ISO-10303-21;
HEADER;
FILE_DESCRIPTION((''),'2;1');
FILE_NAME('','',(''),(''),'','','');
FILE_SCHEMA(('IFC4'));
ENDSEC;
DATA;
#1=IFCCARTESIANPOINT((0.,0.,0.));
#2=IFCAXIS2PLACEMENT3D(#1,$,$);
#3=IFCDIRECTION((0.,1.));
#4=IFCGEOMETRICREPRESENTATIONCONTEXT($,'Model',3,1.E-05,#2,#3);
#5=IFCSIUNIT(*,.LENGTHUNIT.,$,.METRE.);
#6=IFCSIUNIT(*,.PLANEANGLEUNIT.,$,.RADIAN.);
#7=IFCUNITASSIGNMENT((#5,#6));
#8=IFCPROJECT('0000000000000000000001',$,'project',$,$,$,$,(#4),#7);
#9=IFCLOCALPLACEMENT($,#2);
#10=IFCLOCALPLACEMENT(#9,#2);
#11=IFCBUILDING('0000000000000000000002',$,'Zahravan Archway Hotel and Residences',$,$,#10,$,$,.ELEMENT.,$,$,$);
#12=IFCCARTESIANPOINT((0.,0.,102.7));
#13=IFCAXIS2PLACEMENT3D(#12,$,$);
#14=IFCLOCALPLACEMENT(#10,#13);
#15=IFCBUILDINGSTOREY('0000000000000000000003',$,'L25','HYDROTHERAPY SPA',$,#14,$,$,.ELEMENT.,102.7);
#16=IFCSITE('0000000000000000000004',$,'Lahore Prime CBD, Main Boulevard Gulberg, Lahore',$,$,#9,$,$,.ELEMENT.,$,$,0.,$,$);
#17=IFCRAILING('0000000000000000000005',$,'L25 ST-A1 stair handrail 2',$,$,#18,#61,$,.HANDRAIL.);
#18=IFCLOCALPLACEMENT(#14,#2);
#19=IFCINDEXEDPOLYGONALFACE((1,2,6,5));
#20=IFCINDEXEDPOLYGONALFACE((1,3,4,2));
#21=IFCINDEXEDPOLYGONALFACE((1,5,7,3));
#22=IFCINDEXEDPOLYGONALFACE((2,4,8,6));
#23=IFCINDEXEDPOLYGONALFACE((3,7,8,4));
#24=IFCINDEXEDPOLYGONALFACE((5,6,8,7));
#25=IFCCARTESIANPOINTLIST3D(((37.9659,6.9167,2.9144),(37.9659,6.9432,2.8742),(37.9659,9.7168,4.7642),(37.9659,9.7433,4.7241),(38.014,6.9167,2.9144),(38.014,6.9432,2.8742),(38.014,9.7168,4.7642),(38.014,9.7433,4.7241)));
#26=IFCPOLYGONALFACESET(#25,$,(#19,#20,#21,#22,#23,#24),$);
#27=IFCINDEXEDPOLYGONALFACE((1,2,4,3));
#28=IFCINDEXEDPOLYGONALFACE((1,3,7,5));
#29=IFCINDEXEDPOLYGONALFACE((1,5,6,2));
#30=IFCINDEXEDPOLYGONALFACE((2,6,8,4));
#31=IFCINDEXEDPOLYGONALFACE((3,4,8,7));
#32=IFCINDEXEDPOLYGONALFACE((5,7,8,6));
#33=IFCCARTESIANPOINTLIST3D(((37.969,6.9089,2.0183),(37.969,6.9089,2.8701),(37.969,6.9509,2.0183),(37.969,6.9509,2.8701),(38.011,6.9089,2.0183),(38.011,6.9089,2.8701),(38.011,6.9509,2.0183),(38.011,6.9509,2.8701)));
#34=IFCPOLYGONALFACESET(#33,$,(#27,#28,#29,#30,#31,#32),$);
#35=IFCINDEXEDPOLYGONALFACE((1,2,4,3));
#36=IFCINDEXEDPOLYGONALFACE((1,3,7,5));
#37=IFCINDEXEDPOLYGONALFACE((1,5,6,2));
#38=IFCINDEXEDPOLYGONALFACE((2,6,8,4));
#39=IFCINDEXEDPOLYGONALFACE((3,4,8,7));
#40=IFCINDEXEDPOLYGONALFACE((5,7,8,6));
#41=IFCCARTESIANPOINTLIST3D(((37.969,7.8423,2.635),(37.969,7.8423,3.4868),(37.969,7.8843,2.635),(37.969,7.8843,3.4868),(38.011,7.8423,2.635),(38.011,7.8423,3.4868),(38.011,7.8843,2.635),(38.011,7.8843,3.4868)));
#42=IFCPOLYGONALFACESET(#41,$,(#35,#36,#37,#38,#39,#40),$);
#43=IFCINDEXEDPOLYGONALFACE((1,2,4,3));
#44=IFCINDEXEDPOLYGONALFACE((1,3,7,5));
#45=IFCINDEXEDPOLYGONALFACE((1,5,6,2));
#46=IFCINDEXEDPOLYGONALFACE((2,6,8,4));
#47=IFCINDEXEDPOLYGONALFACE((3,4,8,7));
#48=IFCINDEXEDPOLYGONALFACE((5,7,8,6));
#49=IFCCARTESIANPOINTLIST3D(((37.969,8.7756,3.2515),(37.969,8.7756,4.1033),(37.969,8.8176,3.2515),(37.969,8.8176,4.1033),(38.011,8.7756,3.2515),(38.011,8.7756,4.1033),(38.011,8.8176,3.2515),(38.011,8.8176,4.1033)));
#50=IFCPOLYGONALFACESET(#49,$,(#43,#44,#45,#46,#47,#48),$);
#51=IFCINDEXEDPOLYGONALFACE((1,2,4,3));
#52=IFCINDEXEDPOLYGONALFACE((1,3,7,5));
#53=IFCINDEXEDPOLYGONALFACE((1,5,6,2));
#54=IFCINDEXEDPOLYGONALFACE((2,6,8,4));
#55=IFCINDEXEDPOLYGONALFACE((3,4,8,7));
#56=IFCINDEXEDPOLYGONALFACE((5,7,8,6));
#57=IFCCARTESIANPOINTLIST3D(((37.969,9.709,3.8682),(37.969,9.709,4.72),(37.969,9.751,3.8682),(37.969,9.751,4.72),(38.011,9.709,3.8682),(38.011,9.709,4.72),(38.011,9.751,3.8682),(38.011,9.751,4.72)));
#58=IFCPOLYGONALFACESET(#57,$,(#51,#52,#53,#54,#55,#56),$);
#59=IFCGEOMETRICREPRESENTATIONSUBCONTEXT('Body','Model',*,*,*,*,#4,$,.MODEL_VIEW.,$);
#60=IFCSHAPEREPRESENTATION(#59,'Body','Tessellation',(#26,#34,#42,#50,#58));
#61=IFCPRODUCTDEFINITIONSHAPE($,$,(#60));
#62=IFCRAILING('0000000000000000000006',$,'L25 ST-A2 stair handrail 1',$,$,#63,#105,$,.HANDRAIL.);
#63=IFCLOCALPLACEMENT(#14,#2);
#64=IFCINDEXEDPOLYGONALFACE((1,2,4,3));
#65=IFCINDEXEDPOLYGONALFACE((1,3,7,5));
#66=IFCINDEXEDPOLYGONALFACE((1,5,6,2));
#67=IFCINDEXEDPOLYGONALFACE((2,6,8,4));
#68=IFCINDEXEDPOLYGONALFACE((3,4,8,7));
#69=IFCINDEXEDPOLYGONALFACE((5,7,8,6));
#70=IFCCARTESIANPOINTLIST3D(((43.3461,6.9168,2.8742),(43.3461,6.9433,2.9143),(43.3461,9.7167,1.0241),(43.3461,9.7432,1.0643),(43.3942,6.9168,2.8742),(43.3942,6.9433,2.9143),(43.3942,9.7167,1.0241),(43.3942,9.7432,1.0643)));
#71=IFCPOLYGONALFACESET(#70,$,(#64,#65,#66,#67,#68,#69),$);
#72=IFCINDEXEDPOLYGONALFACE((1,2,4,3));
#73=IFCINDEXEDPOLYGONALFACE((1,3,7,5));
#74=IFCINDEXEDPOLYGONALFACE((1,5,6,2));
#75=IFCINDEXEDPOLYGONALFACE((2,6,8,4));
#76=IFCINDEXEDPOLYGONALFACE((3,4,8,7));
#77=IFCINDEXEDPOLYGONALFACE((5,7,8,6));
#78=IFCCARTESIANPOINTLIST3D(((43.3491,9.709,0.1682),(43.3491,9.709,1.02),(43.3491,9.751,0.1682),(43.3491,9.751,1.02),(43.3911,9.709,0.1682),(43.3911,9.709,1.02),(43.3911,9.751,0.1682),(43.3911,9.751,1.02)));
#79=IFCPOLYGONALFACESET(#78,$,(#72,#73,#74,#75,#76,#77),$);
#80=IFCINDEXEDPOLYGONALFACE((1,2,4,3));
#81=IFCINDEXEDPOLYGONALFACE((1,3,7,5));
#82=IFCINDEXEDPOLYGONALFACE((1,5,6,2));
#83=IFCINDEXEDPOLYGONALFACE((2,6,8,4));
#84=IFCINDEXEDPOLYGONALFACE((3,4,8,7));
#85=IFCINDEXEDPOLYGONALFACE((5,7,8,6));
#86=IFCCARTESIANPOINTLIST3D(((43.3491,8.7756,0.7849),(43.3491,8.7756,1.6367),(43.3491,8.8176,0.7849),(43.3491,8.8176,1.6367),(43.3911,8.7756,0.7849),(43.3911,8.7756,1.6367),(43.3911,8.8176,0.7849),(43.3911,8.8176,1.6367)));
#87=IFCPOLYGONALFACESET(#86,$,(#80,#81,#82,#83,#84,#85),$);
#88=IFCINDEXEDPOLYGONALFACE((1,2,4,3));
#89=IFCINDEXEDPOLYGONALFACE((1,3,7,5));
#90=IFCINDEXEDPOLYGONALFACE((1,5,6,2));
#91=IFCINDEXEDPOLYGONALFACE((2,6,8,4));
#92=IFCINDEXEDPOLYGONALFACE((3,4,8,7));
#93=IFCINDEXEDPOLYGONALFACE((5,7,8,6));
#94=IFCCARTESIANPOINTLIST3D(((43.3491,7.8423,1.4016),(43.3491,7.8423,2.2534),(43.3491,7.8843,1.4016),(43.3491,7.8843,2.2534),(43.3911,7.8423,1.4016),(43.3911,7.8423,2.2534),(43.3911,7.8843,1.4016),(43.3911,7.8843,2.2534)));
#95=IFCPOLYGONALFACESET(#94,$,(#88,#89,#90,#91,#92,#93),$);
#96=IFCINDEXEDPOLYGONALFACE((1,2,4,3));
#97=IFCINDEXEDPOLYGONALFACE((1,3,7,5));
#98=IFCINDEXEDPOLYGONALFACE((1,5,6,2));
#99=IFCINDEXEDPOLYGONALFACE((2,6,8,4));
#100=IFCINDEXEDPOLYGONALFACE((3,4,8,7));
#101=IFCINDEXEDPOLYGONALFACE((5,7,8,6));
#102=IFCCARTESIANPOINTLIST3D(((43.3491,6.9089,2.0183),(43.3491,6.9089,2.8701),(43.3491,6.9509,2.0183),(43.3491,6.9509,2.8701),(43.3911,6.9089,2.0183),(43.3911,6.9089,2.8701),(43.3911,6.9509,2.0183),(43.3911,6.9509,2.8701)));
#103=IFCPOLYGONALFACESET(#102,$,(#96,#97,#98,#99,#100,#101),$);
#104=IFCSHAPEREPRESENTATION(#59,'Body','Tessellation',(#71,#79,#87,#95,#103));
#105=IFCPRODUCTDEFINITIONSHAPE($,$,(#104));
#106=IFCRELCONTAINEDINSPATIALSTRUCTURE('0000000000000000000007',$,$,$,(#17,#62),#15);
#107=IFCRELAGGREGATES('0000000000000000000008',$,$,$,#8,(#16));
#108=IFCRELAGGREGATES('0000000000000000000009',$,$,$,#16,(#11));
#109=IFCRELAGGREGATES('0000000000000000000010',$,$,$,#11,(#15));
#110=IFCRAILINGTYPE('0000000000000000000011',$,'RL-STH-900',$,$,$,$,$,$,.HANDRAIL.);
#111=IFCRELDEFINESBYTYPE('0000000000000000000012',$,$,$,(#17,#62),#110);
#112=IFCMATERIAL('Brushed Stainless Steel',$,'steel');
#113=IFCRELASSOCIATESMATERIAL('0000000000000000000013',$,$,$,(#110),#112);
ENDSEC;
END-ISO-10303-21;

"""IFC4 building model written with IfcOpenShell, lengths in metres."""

from ifc_helpers import new_model, si_unit, direction, frame, origin, origin_2d, place, context, subcontext, project, spatial, rectangle, extrude, material, type_object, element, save


model = new_model("IFC4")

# Units and contexts
model_context = context("Model", 3, precision=1e-05, world=origin(), true_north=direction((0.0, 1.0)))
body_context = subcontext(model_context, "Body", "Model", "MODEL_VIEW")
ifc_project = project(units=[si_unit("LENGTHUNIT", "METRE"), si_unit("PLANEANGLEUNIT", "RADIAN")], contexts=[model_context])

# Site, building, storey
site_placement = place(None, origin())
site = spatial("IfcSite", under=ifc_project, at=site_placement, Name="Lahore Prime CBD, Main Boulevard Gulberg, Lahore", CompositionType="ELEMENT", RefElevation=0.0)
building_placement = place(site_placement, origin())
building = spatial("IfcBuilding", under=site, at=building_placement, Name="Zahravan Archway Hotel and Residences", CompositionType="ELEMENT")
storey_placement = place(building_placement, frame((0.0, 0.0, 102.7)))
storey = spatial("IfcBuildingStorey", under=building, at=storey_placement, Name="L25", Description="HYDROTHERAPY SPA", CompositionType="ELEMENT", Elevation=102.7)

# Shared definitions
ifc_material_1 = material(Name="Brushed Stainless Steel", Category="steel")

# Railings
railing_type_1 = type_object("IfcRailingType", Name="RL-STH-900", PredefinedType="HANDRAIL", material=ifc_material_1)
railing_1_placement = place(storey_placement, frame((37.99, 6.9299, 2.0183)))
element("IfcRailing", 1, at=railing_1_placement, inside=storey, type_object=railing_type_1, Name="L25 ST-A1 stair handrail 2", PredefinedType="HANDRAIL", context=body_context, shape_type="SweptSolid", body=[
    extrude(rectangle(XDim=0.0481, YDim=0.0481, at=origin_2d()), frame((0.0, 0.0, 0.876), z_axis=(0.0, 0.83436, 0.55122), x_axis=(-1.0, 0.0, 0.0)), (0.0, 0.0, 1.0), 3.356),
    extrude(rectangle(XDim=0.042, YDim=0.042, at=origin_2d()), origin(), (0.0, 0.0, 1.0), 0.8518),
    extrude(rectangle(XDim=0.042, YDim=0.042, at=origin_2d()), frame((0.0, 0.9333, 0.6167)), (0.0, 0.0, 1.0), 0.8518),
    extrude(rectangle(XDim=0.042, YDim=0.042, at=origin_2d()), frame((0.0, 1.8667, 1.2332)), (0.0, 0.0, 1.0), 0.8518),
    extrude(rectangle(XDim=0.042, YDim=0.042, at=origin_2d()), frame((0.0, 2.8, 1.8499)), (0.0, 0.0, 1.0), 0.8518),
])
railing_2_placement = place(storey_placement, frame((43.3701, 9.73, 0.1682)))
element("IfcRailing", 2, at=railing_2_placement, inside=storey, type_object=railing_type_1, Name="L25 ST-A2 stair handrail 1", PredefinedType="HANDRAIL", context=body_context, shape_type="SweptSolid", body=[
    extrude(rectangle(XDim=0.0481, YDim=0.0481, at=origin_2d()), frame((0.0, 0.0, 0.876), z_axis=(0.0, -0.834326, 0.551271), x_axis=(1.0, 0.0, 0.0)), (0.0, 0.0, 1.0), 3.356),
    extrude(rectangle(XDim=0.042, YDim=0.042, at=origin_2d()), origin(), (0.0, 0.0, 1.0), 0.8518),
    extrude(rectangle(XDim=0.042, YDim=0.042, at=origin_2d()), frame((0.0, -0.9333, 0.6167)), (0.0, 0.0, 1.0), 0.8518),
    extrude(rectangle(XDim=0.042, YDim=0.042, at=origin_2d()), frame((0.0, -1.8667, 1.2334)), (0.0, 0.0, 1.0), 0.8518),
    extrude(rectangle(XDim=0.042, YDim=0.042, at=origin_2d()), frame((0.0, -2.8, 1.8501)), (0.0, 0.0, 1.0), 0.8518),
])

save(model, "model.ifc")
